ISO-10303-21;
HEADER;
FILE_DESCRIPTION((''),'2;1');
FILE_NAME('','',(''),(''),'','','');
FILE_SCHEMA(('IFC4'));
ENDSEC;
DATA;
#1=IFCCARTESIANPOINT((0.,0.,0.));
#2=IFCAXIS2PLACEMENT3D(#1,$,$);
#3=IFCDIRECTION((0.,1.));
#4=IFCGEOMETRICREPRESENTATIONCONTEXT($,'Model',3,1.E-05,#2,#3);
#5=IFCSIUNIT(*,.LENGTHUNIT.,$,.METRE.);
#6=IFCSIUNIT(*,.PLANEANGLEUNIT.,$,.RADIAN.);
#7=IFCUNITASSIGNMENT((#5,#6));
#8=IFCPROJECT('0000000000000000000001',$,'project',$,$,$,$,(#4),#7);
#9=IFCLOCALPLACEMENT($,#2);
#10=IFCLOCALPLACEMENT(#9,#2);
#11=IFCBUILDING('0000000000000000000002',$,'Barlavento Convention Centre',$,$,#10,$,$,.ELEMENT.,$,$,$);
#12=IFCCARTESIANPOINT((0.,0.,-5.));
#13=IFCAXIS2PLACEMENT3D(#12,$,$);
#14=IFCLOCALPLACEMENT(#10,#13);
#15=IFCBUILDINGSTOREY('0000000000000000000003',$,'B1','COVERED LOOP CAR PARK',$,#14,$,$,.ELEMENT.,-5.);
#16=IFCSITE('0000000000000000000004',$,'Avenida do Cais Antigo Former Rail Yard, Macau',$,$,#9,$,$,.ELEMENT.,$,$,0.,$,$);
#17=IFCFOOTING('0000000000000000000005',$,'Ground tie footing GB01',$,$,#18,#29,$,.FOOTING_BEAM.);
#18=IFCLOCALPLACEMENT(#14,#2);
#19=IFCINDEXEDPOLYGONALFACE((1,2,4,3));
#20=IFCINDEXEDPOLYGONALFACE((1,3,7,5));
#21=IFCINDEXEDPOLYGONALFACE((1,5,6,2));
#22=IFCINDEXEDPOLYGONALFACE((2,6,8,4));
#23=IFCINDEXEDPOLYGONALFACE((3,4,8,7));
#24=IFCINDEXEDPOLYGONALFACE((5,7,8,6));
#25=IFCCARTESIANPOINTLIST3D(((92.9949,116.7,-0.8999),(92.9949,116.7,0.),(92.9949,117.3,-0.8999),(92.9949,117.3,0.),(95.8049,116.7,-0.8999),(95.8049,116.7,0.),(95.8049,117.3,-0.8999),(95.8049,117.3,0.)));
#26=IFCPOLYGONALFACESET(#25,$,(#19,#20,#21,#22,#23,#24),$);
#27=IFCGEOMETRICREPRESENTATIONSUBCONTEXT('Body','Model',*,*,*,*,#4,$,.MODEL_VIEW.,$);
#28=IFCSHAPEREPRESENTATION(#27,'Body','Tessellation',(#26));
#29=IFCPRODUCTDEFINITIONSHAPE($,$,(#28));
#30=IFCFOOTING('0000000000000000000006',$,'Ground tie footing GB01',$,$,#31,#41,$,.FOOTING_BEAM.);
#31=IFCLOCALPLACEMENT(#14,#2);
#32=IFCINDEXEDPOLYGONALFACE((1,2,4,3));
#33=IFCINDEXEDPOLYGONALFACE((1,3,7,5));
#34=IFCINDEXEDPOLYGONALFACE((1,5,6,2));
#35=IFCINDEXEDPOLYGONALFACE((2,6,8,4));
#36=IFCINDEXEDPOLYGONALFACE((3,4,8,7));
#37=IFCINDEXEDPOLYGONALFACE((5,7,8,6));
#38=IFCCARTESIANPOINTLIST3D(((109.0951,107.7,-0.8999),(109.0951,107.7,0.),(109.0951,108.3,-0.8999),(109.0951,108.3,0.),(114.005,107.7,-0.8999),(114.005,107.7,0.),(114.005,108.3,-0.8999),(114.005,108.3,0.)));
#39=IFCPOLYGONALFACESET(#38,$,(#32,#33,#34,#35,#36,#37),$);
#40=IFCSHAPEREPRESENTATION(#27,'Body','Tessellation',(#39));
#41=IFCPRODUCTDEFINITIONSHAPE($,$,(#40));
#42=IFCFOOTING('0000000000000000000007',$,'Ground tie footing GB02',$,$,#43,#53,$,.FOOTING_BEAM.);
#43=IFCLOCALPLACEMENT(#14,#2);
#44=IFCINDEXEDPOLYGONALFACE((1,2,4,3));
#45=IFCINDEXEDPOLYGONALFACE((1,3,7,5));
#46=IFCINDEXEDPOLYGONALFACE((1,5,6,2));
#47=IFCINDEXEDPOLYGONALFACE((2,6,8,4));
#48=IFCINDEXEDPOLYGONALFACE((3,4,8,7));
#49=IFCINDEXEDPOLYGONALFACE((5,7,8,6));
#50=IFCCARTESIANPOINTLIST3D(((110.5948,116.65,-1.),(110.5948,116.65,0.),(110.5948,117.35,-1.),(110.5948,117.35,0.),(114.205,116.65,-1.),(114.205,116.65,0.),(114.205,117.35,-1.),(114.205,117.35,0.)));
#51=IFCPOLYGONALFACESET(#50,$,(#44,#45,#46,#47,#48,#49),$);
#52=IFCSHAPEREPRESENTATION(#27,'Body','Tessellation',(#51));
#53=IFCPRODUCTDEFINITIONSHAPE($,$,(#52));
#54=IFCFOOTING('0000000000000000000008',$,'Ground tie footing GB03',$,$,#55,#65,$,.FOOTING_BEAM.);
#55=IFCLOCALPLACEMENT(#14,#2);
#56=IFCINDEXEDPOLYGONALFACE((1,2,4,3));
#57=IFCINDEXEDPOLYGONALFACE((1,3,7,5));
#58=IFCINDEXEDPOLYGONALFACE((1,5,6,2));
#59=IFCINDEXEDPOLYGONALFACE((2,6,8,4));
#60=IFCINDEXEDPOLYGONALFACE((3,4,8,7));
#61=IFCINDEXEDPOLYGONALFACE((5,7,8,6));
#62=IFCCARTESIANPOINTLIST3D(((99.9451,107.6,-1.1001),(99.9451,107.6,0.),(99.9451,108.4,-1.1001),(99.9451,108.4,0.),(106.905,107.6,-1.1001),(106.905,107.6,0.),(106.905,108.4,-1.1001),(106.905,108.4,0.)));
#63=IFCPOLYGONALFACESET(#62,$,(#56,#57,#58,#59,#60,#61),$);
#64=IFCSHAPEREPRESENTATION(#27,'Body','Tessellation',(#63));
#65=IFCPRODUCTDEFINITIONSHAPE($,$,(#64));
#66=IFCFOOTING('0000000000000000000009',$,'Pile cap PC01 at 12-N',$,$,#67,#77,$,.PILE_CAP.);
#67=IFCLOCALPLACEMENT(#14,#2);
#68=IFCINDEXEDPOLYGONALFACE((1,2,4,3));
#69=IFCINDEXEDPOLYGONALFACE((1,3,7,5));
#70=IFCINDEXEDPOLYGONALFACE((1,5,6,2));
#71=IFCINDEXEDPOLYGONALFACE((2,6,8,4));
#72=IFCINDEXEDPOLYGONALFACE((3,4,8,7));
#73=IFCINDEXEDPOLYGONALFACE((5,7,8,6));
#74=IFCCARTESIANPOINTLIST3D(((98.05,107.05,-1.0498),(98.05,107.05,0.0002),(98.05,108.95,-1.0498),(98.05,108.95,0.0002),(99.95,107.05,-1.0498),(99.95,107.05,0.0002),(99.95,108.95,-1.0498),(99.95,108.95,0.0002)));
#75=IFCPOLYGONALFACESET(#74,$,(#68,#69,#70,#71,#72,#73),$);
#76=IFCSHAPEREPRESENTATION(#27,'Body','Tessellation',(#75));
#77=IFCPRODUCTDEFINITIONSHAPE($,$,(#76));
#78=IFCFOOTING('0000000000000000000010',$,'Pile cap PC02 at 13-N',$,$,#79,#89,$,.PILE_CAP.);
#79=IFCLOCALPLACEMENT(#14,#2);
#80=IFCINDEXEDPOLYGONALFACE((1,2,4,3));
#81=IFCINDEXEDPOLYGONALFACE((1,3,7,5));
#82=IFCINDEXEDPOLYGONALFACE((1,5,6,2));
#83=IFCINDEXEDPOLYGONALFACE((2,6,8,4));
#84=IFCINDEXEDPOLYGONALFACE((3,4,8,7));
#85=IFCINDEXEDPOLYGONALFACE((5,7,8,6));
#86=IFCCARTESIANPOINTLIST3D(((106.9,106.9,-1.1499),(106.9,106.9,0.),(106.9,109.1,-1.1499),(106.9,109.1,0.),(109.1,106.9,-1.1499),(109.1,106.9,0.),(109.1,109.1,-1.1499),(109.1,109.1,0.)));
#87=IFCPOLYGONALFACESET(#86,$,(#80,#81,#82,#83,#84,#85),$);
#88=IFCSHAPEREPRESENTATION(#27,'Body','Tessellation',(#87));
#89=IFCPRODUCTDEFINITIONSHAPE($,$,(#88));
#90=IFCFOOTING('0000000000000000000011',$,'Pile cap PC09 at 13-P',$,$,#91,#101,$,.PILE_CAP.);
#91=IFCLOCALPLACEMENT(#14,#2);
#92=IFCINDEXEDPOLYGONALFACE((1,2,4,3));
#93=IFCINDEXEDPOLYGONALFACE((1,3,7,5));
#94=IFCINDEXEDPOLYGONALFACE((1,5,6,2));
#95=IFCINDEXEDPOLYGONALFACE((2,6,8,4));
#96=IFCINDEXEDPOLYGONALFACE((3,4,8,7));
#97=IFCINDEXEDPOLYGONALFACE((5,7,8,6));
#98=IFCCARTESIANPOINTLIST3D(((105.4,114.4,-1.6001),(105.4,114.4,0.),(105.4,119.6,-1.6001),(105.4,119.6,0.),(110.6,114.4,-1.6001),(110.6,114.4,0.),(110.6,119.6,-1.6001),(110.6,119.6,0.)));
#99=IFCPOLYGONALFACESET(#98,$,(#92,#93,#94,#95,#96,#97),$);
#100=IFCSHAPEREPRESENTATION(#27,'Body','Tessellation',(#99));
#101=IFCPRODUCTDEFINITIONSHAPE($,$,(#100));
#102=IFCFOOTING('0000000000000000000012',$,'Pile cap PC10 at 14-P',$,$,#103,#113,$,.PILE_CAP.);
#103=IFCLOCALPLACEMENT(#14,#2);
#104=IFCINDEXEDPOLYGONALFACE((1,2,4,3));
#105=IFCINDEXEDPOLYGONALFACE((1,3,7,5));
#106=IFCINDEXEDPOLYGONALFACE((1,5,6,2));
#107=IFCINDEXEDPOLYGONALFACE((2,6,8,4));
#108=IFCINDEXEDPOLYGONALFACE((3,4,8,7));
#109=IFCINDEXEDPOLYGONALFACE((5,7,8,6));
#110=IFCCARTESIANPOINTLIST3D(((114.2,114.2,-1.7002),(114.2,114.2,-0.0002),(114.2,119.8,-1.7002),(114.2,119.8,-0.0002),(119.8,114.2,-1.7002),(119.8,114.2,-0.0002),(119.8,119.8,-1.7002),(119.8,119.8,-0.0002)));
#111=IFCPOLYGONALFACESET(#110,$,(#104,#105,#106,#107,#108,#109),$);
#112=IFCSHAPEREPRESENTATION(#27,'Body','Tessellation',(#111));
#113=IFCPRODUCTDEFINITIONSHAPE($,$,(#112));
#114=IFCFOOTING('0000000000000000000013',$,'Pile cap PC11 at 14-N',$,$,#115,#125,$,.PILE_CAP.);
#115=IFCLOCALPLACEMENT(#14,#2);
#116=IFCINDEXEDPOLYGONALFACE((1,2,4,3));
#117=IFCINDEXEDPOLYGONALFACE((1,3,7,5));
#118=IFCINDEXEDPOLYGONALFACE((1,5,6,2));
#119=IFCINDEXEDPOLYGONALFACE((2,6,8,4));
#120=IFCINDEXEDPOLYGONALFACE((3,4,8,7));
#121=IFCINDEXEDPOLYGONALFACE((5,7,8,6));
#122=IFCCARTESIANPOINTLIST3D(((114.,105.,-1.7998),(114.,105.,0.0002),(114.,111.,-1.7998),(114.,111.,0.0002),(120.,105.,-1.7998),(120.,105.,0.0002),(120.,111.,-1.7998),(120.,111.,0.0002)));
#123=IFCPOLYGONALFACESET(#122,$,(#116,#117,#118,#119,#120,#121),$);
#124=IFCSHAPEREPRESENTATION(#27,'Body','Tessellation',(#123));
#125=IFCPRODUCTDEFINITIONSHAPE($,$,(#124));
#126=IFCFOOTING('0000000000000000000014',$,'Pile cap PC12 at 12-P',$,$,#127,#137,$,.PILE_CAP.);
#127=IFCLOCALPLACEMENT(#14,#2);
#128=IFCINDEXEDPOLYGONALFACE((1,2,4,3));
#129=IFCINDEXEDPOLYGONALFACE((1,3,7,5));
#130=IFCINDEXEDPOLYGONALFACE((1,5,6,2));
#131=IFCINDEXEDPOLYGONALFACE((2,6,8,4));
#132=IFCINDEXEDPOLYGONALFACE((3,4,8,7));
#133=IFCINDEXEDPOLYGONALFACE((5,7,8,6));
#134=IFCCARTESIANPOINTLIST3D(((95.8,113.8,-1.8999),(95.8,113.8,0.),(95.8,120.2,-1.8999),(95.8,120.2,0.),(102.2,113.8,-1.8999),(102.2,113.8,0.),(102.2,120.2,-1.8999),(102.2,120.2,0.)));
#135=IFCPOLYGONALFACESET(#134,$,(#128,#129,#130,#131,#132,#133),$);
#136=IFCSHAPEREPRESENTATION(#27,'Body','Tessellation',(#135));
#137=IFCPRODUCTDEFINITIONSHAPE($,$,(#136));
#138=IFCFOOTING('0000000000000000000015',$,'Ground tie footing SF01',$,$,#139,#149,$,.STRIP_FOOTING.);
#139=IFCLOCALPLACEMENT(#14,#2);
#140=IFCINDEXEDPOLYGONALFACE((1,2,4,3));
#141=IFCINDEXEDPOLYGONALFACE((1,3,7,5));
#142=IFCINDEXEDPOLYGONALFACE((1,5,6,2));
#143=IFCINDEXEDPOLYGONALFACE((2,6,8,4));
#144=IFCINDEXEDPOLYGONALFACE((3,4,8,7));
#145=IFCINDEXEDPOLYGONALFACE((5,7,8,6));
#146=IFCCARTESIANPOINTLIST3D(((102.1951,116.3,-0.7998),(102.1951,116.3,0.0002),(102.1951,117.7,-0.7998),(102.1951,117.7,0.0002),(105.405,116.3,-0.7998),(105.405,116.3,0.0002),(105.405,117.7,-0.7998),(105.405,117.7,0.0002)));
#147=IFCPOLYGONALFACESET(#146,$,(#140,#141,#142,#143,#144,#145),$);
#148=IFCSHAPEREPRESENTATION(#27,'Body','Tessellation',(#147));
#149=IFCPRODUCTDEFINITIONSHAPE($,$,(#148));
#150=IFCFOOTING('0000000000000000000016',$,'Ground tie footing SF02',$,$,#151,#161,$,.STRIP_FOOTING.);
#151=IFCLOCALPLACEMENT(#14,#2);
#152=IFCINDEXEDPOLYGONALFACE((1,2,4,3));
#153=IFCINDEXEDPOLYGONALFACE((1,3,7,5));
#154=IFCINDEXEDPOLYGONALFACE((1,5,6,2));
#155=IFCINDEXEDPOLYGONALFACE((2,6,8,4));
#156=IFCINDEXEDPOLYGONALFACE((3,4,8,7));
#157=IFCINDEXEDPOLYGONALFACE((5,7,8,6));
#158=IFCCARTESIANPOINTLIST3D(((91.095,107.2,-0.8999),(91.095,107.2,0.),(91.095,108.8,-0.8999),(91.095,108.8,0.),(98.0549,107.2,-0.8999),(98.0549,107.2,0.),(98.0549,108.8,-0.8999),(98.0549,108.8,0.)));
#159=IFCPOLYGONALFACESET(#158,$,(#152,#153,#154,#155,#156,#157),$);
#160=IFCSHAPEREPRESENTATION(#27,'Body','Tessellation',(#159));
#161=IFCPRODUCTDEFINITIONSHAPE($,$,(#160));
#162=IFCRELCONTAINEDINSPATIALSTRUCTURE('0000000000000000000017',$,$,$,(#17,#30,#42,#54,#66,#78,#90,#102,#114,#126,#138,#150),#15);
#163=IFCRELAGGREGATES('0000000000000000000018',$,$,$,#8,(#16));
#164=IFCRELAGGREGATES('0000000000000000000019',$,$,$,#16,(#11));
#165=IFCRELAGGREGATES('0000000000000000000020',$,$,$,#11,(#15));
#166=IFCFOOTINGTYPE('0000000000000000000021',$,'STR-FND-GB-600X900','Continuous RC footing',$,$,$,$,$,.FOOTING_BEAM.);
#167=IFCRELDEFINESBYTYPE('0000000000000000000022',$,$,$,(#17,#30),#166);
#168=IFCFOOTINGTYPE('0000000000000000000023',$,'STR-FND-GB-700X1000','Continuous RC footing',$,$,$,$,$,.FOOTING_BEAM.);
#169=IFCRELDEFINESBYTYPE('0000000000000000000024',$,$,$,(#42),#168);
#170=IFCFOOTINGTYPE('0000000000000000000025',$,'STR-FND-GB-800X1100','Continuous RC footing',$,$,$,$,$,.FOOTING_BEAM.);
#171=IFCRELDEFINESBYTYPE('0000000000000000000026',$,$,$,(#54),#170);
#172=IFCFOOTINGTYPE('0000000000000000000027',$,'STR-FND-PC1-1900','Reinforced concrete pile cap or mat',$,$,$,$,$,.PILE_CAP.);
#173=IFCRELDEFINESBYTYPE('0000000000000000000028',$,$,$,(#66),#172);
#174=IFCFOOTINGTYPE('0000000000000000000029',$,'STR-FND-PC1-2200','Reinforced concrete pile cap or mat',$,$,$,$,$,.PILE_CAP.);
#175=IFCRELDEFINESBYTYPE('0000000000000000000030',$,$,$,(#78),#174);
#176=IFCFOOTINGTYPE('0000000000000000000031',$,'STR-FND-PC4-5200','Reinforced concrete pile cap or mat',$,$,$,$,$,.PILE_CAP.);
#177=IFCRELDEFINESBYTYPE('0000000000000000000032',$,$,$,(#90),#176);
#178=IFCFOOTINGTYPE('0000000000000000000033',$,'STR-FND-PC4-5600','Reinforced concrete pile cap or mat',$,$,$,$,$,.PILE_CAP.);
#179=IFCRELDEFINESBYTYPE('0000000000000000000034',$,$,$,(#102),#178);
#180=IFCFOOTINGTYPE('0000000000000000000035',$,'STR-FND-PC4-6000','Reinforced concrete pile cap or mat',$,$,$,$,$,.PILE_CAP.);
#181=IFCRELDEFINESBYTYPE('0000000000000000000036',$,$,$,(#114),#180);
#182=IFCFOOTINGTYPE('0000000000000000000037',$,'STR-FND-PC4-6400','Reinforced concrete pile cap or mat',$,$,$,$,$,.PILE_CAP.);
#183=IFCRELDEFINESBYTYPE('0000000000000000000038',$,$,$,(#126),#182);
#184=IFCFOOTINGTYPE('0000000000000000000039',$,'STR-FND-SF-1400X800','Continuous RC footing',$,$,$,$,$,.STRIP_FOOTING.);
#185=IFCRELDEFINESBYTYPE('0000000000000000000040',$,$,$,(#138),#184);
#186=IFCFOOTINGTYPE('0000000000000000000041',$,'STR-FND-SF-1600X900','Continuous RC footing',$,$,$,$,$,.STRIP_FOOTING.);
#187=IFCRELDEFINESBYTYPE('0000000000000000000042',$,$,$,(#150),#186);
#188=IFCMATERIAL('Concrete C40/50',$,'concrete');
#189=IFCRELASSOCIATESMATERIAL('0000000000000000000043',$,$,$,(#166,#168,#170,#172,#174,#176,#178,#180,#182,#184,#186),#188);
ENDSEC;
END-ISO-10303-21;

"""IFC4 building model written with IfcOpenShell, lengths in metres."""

from ifc_helpers import new_model, si_unit, direction, frame, origin, origin_2d, place, context, subcontext, project, spatial, rectangle, extrude, material, type_object, element, save


model = new_model("IFC4")

# Units and contexts
model_context = context("Model", 3, precision=1e-05, world=origin(), true_north=direction((0.0, 1.0)))
body_context = subcontext(model_context, "Body", "Model", "MODEL_VIEW")
ifc_project = project(units=[si_unit("LENGTHUNIT", "METRE"), si_unit("PLANEANGLEUNIT", "RADIAN")], contexts=[model_context])

# Site, building, storey
site_placement = place(None, origin())
site = spatial("IfcSite", under=ifc_project, at=site_placement, Name="Avenida do Cais Antigo Former Rail Yard, Macau", CompositionType="ELEMENT", RefElevation=0.0)
building_placement = place(site_placement, origin())
building = spatial("IfcBuilding", under=site, at=building_placement, Name="Barlavento Convention Centre", CompositionType="ELEMENT")
storey_placement = place(building_placement, frame((0.0, 0.0, -5.0)))
storey = spatial("IfcBuildingStorey", under=building, at=storey_placement, Name="B1", Description="COVERED LOOP CAR PARK", CompositionType="ELEMENT", Elevation=-5.0)

# Footings
ifc_material_1 = material(Name="Concrete C40/50", Category="concrete")
footing_type_1 = type_object("IfcFootingType", Name="STR-FND-GB-600X900", Description="Continuous RC footing", PredefinedType="FOOTING_BEAM", material=ifc_material_1)
footing_1_placement = place(storey_placement, frame((94.3999, 117.0, -0.8999), z_axis=(0.0, 0.0, 1.0), x_axis=(1.0, 0.0, 0.0)))
element("IfcFooting", 1, at=footing_1_placement, inside=storey, type_object=footing_type_1, Name="Ground tie footing GB01", PredefinedType="FOOTING_BEAM", context=body_context, shape_type="SweptSolid", body=[
    extrude(rectangle(XDim=2.8101, YDim=0.6001, at=origin_2d()), origin(), (0.0, 0.0, 1.0), 0.8999),
])
footing_2_placement = place(storey_placement, frame((111.55, 108.0, -0.8999), z_axis=(0.0, 0.0, 1.0), x_axis=(1.0, 0.0, 0.0)))
element("IfcFooting", 2, at=footing_2_placement, inside=storey, type_object=footing_type_1, Name="Ground tie footing GB01", PredefinedType="FOOTING_BEAM", context=body_context, shape_type="SweptSolid", body=[
    extrude(rectangle(XDim=4.9099, YDim=0.6001, at=origin_2d()), origin(), (0.0, 0.0, 1.0), 0.8999),
])
footing_type_2 = type_object("IfcFootingType", Name="STR-FND-GB-700X1000", Description="Continuous RC footing", PredefinedType="FOOTING_BEAM", material=ifc_material_1)
footing_3_placement = place(storey_placement, frame((112.3999, 117.0, -1.0), z_axis=(0.0, 0.0, 1.0), x_axis=(1.0, 0.0, 0.0)))
element("IfcFooting", 3, at=footing_3_placement, inside=storey, type_object=footing_type_2, Name="Ground tie footing GB02", PredefinedType="FOOTING_BEAM", context=body_context, shape_type="SweptSolid", body=[
    extrude(rectangle(XDim=3.6101, YDim=0.7, at=origin_2d()), origin(), (0.0, 0.0, 1.0), 1.0),
])
footing_type_3 = type_object("IfcFootingType", Name="STR-FND-GB-800X1100", Description="Continuous RC footing", PredefinedType="FOOTING_BEAM", material=ifc_material_1)
footing_4_placement = place(storey_placement, frame((103.425, 108.0, -1.1001), z_axis=(0.0, 0.0, 1.0), x_axis=(1.0, 0.0, 0.0)))
element("IfcFooting", 4, at=footing_4_placement, inside=storey, type_object=footing_type_3, Name="Ground tie footing GB03", PredefinedType="FOOTING_BEAM", context=body_context, shape_type="SweptSolid", body=[
    extrude(rectangle(XDim=6.96, YDim=0.8, at=origin_2d()), origin(), (0.0, 0.0, 1.0), 1.1001),
])
footing_type_4 = type_object("IfcFootingType", Name="STR-FND-PC1-1900", Description="Reinforced concrete pile cap or mat", PredefinedType="PILE_CAP", material=ifc_material_1)
footing_5_placement = place(storey_placement, frame((99.0, 108.0, -1.0498), z_axis=(0.0, 0.0, 1.0), x_axis=(1.0, 0.0, 0.0)))
element("IfcFooting", 5, at=footing_5_placement, inside=storey, type_object=footing_type_4, Name="Pile cap PC01 at 12-N", PredefinedType="PILE_CAP", context=body_context, shape_type="SweptSolid", body=[
    extrude(rectangle(XDim=1.8999, YDim=1.8999, at=origin_2d()), origin(), (0.0, 0.0, 1.0), 1.05),
])
footing_type_5 = type_object("IfcFootingType", Name="STR-FND-PC1-2200", Description="Reinforced concrete pile cap or mat", PredefinedType="PILE_CAP", material=ifc_material_1)
footing_6_placement = place(storey_placement, frame((108.0, 108.0, -1.1499), z_axis=(0.0, 0.0, 1.0), x_axis=(1.0, 0.0, 0.0)))
element("IfcFooting", 6, at=footing_6_placement, inside=storey, type_object=footing_type_5, Name="Pile cap PC02 at 13-N", PredefinedType="PILE_CAP", context=body_context, shape_type="SweptSolid", body=[
    extrude(rectangle(XDim=2.2, YDim=2.2, at=origin_2d()), origin(), (0.0, 0.0, 1.0), 1.1499),
])
footing_type_6 = type_object("IfcFootingType", Name="STR-FND-PC4-5200", Description="Reinforced concrete pile cap or mat", PredefinedType="PILE_CAP", material=ifc_material_1)
footing_7_placement = place(storey_placement, frame((108.0, 117.0, -1.6001), z_axis=(0.0, 0.0, 1.0), x_axis=(1.0, 0.0, 0.0)))
element("IfcFooting", 7, at=footing_7_placement, inside=storey, type_object=footing_type_6, Name="Pile cap PC09 at 13-P", PredefinedType="PILE_CAP", context=body_context, shape_type="SweptSolid", body=[
    extrude(rectangle(XDim=5.2, YDim=5.2, at=origin_2d()), origin(), (0.0, 0.0, 1.0), 1.6001),
])
footing_type_7 = type_object("IfcFootingType", Name="STR-FND-PC4-5600", Description="Reinforced concrete pile cap or mat", PredefinedType="PILE_CAP", material=ifc_material_1)
footing_8_placement = place(storey_placement, frame((117.0, 117.0, -1.7002), z_axis=(0.0, 0.0, 1.0), x_axis=(1.0, 0.0, 0.0)))
element("IfcFooting", 8, at=footing_8_placement, inside=storey, type_object=footing_type_7, Name="Pile cap PC10 at 14-P", PredefinedType="PILE_CAP", context=body_context, shape_type="SweptSolid", body=[
    extrude(rectangle(XDim=5.6001, YDim=5.6001, at=origin_2d()), origin(), (0.0, 0.0, 1.0), 1.7),
])
footing_type_8 = type_object("IfcFootingType", Name="STR-FND-PC4-6000", Description="Reinforced concrete pile cap or mat", PredefinedType="PILE_CAP", material=ifc_material_1)
footing_9_placement = place(storey_placement, frame((117.0, 108.0, -1.7998), z_axis=(0.0, 0.0, 1.0), x_axis=(1.0, 0.0, 0.0)))
element("IfcFooting", 9, at=footing_9_placement, inside=storey, type_object=footing_type_8, Name="Pile cap PC11 at 14-N", PredefinedType="PILE_CAP", context=body_context, shape_type="SweptSolid", body=[
    extrude(rectangle(XDim=6.0, YDim=6.0, at=origin_2d()), origin(), (0.0, 0.0, 1.0), 1.8),
])
footing_type_9 = type_object("IfcFootingType", Name="STR-FND-PC4-6400", Description="Reinforced concrete pile cap or mat", PredefinedType="PILE_CAP", material=ifc_material_1)
footing_10_placement = place(storey_placement, frame((99.0, 117.0, -1.8999), z_axis=(0.0, 0.0, 1.0), x_axis=(1.0, 0.0, 0.0)))
element("IfcFooting", 10, at=footing_10_placement, inside=storey, type_object=footing_type_9, Name="Pile cap PC12 at 12-P", PredefinedType="PILE_CAP", context=body_context, shape_type="SweptSolid", body=[
    extrude(rectangle(XDim=6.3999, YDim=6.3999, at=origin_2d()), origin(), (0.0, 0.0, 1.0), 1.8999),
])
footing_type_10 = type_object("IfcFootingType", Name="STR-FND-SF-1400X800", Description="Continuous RC footing", PredefinedType="STRIP_FOOTING", material=ifc_material_1)
footing_11_placement = place(storey_placement, frame((103.8, 117.0, -0.7998), z_axis=(0.0, 0.0, 1.0), x_axis=(1.0, 0.0, 0.0)))
element("IfcFooting", 11, at=footing_11_placement, inside=storey, type_object=footing_type_10, Name="Ground tie footing SF01", PredefinedType="STRIP_FOOTING", context=body_context, shape_type="SweptSolid", body=[
    extrude(rectangle(XDim=3.21, YDim=1.3999, at=origin_2d()), origin(), (0.0, 0.0, 1.0), 0.8),
])
footing_type_11 = type_object("IfcFootingType", Name="STR-FND-SF-1600X900", Description="Continuous RC footing", PredefinedType="STRIP_FOOTING", material=ifc_material_1)
footing_12_placement = place(storey_placement, frame((94.575, 108.0, -0.8999), z_axis=(0.0, 0.0, 1.0), x_axis=(1.0, 0.0, 0.0)))
element("IfcFooting", 12, at=footing_12_placement, inside=storey, type_object=footing_type_11, Name="Ground tie footing SF02", PredefinedType="STRIP_FOOTING", context=body_context, shape_type="SweptSolid", body=[
    extrude(rectangle(XDim=6.96, YDim=1.6001, at=origin_2d()), origin(), (0.0, 0.0, 1.0), 0.8999),
])

save(model, "model.ifc")
